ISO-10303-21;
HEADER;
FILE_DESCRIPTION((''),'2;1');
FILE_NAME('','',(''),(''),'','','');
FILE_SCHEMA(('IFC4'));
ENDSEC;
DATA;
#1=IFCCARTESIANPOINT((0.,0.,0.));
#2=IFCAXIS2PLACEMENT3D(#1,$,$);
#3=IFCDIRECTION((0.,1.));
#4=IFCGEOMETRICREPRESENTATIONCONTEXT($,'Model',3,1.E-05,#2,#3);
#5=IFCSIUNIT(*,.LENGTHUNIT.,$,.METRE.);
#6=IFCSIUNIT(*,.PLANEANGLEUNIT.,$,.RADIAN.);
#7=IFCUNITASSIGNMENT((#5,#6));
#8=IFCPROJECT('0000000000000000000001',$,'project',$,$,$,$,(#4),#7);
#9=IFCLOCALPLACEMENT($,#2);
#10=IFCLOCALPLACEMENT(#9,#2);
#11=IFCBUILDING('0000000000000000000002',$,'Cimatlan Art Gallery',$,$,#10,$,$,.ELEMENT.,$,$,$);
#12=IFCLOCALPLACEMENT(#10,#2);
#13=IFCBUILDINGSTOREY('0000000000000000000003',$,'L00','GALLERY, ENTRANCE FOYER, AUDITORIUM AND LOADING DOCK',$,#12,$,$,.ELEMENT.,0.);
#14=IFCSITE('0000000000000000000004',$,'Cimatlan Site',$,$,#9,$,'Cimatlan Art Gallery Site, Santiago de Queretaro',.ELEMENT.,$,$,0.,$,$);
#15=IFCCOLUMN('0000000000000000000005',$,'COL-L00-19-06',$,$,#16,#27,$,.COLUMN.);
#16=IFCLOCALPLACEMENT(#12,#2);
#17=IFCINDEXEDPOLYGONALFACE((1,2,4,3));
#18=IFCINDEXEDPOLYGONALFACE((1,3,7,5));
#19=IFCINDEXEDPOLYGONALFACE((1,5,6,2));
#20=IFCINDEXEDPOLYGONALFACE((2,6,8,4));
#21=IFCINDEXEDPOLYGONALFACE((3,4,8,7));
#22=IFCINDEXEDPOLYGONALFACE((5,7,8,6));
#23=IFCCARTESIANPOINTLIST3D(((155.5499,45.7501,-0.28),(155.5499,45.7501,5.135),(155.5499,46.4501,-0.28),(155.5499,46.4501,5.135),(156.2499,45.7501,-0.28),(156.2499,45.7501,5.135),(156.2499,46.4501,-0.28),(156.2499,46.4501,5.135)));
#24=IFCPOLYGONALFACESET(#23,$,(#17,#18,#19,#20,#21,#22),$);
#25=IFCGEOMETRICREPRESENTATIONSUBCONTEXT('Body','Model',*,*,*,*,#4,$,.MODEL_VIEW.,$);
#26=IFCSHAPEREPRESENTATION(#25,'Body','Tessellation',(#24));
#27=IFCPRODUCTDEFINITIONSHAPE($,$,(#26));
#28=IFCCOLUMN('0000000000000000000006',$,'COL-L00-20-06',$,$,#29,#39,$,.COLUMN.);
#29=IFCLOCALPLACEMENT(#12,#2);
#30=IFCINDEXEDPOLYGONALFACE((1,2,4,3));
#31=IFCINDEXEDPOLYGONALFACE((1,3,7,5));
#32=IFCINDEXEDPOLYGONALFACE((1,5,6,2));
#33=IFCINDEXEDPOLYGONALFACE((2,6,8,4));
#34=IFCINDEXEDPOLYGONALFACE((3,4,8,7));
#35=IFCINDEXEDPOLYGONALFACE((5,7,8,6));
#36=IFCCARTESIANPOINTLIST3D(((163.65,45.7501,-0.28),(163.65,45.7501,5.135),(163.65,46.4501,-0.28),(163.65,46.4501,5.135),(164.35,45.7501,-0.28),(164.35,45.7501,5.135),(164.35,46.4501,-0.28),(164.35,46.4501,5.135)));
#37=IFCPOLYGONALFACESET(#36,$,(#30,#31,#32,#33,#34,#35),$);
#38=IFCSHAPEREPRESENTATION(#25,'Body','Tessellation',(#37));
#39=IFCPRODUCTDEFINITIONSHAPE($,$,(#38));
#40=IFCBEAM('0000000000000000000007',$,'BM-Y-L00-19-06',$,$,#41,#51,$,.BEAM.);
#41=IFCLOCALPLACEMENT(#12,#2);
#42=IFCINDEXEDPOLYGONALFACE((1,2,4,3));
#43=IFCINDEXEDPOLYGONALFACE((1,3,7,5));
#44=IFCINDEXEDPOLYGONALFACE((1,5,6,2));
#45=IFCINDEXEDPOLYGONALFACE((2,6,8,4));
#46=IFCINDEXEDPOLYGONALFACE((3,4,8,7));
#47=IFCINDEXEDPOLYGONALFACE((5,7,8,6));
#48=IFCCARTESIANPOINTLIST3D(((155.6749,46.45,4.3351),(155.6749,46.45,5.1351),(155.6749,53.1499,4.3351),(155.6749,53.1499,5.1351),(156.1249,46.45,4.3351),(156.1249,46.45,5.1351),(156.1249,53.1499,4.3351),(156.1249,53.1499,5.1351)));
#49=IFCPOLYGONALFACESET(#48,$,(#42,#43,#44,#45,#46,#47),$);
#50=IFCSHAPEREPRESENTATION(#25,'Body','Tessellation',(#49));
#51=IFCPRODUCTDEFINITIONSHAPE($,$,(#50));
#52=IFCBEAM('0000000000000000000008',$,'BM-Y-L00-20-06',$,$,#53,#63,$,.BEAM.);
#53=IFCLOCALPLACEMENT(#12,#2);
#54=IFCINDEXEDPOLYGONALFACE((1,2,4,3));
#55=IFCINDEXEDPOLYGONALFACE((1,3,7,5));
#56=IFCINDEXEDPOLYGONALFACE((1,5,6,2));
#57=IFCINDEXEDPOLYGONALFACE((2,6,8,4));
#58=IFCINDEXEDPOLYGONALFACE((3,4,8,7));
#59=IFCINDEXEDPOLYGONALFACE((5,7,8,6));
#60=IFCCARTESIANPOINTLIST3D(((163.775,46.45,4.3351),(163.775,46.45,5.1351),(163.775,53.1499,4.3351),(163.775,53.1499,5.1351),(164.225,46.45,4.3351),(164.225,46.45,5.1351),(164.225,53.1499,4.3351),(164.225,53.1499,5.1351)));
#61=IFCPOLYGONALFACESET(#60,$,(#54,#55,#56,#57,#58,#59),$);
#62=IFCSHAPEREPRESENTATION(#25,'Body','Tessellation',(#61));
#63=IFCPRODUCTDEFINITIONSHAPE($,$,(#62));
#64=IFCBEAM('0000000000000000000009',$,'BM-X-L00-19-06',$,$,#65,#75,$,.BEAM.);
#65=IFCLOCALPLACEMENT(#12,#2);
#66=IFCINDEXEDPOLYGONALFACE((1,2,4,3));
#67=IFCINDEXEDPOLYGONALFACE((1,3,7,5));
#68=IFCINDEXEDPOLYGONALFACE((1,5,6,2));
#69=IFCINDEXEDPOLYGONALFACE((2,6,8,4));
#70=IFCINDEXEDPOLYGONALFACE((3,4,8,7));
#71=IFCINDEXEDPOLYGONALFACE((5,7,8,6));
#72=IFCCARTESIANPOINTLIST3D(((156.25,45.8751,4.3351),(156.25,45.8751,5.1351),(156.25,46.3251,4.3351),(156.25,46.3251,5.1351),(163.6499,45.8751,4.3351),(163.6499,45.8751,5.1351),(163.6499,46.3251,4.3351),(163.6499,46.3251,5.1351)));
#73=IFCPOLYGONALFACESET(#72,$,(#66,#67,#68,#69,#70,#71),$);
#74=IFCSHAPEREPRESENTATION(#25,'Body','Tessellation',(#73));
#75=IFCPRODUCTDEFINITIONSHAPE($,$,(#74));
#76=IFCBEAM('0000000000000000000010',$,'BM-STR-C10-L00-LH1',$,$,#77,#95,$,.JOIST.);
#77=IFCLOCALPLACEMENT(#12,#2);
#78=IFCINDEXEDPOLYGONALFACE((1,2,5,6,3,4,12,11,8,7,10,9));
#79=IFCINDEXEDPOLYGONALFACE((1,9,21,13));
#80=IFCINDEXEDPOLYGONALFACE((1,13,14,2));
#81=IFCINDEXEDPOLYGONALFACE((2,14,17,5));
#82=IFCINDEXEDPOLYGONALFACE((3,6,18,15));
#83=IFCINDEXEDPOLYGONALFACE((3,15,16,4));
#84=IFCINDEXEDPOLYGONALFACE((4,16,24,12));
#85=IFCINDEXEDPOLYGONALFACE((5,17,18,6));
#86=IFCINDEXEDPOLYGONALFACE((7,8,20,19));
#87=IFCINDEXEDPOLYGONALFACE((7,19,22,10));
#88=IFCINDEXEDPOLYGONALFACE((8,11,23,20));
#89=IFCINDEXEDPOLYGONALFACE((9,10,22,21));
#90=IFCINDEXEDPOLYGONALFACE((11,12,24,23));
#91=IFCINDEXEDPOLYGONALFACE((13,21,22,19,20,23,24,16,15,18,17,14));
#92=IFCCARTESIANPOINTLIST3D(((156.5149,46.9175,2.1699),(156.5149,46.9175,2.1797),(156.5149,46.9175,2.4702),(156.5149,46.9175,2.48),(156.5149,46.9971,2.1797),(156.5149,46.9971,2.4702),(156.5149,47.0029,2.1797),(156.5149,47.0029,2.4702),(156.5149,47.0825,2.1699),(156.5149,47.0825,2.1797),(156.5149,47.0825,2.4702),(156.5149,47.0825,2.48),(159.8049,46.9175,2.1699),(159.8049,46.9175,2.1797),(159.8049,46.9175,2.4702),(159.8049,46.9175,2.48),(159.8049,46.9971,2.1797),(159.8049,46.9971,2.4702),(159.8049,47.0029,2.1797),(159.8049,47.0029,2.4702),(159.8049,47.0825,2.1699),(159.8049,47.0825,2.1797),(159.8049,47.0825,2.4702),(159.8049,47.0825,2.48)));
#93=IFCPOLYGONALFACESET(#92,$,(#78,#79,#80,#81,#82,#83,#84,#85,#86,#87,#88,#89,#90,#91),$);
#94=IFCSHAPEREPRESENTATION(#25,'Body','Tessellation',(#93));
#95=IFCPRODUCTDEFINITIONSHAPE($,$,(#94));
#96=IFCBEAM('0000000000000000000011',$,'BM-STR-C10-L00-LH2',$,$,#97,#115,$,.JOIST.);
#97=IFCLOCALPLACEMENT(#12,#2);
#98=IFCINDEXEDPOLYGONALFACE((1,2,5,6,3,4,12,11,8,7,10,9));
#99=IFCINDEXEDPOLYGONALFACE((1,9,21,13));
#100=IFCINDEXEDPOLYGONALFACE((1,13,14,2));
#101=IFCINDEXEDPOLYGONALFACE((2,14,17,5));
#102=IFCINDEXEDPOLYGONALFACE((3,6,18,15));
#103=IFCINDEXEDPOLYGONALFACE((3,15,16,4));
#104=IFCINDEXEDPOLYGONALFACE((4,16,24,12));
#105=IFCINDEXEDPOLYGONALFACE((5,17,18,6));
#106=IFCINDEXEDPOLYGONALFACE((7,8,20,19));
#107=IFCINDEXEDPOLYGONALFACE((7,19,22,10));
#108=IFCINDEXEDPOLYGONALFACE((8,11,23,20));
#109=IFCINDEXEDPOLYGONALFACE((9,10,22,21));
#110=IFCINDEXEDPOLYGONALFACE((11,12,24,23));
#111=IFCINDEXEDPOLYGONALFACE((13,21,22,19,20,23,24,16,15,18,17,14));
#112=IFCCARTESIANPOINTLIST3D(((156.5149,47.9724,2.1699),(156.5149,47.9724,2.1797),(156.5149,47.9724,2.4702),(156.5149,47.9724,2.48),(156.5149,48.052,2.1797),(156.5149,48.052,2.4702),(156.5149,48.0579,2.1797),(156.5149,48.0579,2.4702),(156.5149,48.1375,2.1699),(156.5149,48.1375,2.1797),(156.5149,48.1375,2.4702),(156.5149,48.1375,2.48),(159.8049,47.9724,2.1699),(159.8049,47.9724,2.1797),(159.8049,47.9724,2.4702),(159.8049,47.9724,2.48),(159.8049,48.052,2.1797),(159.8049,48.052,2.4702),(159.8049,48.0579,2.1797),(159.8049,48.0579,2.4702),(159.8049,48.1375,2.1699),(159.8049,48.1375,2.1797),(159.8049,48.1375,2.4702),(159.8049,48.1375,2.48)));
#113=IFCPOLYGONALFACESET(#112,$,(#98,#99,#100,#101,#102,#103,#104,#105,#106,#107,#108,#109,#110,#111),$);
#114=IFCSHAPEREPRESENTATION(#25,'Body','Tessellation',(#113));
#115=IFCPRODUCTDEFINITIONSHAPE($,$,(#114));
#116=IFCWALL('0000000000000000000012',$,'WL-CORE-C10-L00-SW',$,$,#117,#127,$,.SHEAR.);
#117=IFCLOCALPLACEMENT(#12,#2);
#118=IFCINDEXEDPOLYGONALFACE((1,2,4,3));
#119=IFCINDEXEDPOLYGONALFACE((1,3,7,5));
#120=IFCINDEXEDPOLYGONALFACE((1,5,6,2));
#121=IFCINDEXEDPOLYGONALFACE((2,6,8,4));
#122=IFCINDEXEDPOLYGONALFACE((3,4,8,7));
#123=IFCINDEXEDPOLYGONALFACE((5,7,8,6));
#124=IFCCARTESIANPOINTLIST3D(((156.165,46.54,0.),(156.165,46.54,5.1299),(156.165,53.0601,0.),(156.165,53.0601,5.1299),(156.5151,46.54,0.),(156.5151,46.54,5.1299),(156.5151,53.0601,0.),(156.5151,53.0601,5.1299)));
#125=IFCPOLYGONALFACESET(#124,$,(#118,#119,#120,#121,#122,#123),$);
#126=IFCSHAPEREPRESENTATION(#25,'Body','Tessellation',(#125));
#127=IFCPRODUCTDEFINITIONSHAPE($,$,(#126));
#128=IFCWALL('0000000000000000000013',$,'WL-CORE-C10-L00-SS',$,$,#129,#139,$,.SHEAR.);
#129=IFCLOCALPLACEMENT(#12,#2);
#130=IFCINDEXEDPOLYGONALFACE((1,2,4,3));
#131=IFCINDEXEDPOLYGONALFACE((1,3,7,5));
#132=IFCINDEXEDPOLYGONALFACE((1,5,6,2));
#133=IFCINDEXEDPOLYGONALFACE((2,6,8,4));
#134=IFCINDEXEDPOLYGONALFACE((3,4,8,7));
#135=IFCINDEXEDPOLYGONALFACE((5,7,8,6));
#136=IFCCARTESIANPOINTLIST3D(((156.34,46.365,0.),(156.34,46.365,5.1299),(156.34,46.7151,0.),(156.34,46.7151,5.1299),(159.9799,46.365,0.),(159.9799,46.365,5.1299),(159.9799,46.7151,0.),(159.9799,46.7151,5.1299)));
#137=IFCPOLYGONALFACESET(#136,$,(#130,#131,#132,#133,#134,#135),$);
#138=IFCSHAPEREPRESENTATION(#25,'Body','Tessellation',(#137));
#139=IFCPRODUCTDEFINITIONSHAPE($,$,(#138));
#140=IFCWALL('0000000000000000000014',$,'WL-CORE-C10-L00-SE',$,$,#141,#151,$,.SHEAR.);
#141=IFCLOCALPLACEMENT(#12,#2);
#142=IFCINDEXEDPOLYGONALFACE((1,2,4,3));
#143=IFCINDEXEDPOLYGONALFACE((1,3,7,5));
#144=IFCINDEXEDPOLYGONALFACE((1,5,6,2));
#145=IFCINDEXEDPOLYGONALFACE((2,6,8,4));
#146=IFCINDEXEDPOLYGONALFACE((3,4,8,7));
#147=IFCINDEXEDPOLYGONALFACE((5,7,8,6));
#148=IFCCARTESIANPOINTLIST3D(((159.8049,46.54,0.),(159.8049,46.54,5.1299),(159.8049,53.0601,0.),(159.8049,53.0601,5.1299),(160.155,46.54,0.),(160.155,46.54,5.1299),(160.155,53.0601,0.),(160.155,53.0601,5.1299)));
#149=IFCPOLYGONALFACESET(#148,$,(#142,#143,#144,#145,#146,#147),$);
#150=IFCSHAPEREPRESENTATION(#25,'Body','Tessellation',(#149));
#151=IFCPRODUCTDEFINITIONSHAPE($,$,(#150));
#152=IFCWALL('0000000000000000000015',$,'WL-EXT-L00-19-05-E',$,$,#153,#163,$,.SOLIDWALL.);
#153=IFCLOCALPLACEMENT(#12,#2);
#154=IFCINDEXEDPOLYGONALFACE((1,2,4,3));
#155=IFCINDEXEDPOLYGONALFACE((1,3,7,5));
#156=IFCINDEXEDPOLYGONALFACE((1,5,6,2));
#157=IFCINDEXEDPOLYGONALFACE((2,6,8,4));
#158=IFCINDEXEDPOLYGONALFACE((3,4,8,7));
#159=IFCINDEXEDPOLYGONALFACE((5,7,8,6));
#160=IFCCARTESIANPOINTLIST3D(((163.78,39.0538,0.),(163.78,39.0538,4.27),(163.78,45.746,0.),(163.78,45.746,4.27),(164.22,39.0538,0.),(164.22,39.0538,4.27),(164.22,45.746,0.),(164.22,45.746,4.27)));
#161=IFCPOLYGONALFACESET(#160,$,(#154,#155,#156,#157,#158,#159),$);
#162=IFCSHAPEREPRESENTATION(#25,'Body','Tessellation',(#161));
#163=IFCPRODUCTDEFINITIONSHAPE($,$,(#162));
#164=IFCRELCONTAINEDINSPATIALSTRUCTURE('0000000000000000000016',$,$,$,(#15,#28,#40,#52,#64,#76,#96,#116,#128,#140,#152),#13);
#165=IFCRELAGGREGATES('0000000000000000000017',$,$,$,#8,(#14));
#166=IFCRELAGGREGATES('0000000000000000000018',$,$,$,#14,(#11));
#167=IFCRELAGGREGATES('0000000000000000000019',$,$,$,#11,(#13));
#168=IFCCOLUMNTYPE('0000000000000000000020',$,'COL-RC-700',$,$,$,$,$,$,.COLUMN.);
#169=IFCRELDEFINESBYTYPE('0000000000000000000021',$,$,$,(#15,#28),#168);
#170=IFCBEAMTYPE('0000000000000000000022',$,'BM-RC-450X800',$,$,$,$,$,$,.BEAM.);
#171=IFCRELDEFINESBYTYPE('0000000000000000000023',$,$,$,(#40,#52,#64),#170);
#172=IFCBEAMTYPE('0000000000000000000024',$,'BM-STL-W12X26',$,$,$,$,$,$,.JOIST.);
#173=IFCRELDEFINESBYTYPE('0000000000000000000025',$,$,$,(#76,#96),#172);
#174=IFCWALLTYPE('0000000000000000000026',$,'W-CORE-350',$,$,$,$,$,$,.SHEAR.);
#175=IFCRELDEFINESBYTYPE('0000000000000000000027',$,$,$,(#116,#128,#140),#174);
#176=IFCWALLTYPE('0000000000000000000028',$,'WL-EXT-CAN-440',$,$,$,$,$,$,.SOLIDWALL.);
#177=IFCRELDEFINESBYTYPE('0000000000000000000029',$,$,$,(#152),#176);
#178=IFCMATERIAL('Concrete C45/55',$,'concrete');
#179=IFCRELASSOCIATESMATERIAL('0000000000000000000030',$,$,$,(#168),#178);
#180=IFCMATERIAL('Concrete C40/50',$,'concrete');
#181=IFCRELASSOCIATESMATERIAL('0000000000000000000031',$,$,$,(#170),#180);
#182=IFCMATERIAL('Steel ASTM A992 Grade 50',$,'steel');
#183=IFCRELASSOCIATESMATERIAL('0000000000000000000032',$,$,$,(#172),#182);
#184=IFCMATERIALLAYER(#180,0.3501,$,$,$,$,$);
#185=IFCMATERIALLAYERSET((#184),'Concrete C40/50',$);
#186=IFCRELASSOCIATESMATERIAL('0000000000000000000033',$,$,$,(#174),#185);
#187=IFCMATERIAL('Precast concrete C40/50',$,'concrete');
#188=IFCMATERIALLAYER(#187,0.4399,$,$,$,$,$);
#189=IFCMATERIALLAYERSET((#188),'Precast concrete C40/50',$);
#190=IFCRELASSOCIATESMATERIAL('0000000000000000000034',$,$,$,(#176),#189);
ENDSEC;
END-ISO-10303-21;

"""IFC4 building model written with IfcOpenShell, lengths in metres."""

from ifc_helpers import new_model, si_unit, direction, frame, frame_2d, origin, origin_2d, place, context, subcontext, project, spatial, rectangle, i_section, extrude, material, layer, layer_set, material_profile, profile_set, type_object, element, save


model = new_model("IFC4")

# Units and contexts
model_context = context("Model", 3, precision=1e-05, world=origin(), true_north=direction((0.0, 1.0)))
body_context = subcontext(model_context, "Body", "Model", "MODEL_VIEW")
ifc_project = project(units=[si_unit("LENGTHUNIT", "METRE"), si_unit("PLANEANGLEUNIT", "RADIAN")], contexts=[model_context])

# Site, building, storey
site_placement = place(None, origin())
site = spatial("IfcSite", under=ifc_project, at=site_placement, Name="Cimatlan Site", LongName="Cimatlan Art Gallery Site, Santiago de Queretaro", CompositionType="ELEMENT", RefElevation=0.0)
building_placement = place(site_placement, origin())
building = spatial("IfcBuilding", under=site, at=building_placement, Name="Cimatlan Art Gallery", CompositionType="ELEMENT")
storey_placement = place(building_placement, origin())
storey = spatial("IfcBuildingStorey", under=building, at=storey_placement, Name="L00", Description="GALLERY, ENTRANCE FOYER, AUDITORIUM AND LOADING DOCK", CompositionType="ELEMENT", Elevation=0.0)

# Shared definitions
ifc_material_1 = material(Name="Concrete C40/50", Category="concrete")

# Columns
ifc_material_2 = material(Name="Concrete C45/55", Category="concrete")
ifc_material_profile_1 = material_profile(ifc_material_2, rectangle(XDim=0.7, YDim=0.7, at=origin_2d()), Name="RC700X700")
ifc_profile_set_1 = profile_set([ifc_material_profile_1], Name="Concrete C45/55")
column_type = type_object("IfcColumnType", Name="COL-RC-700", PredefinedType="COLUMN", material=ifc_profile_set_1)
for number, where, z_axis, x_axis, name in (
    (1, (155.8999, 46.1001, -0.28), (0.0, 0.0, 1.0), (1.0, 0.0, 0.0), "COL-L00-19-06"),
    (2, (164.0, 46.1001, -0.28), (0.0, 0.0, 1.0), (1.0, 0.0, 0.0), "COL-L00-20-06"),
):
    element("IfcColumn", number, at=place(storey_placement, frame(where, z_axis=z_axis, x_axis=x_axis)), inside=storey, type_object=column_type, Name=name, PredefinedType="COLUMN", context=body_context, shape_type="SweptSolid", body=[
        extrude(rectangle(XDim=0.7, YDim=0.7, at=origin_2d()), origin(), (0.0, 0.0, 1.0), 5.415),
    ])

# Beams
ifc_material_profile_2 = material_profile(ifc_material_1, rectangle(XDim=0.45, YDim=0.8, at=origin_2d()), Name="RC450X800")
ifc_profile_set_2 = profile_set([ifc_material_profile_2], Name="Concrete C40/50")
beam_type_1 = type_object("IfcBeamType", Name="BM-RC-450X800", PredefinedType="BEAM", material=ifc_profile_set_2)
for number, where, z_axis, x_axis, name in (
    (3, (155.8999, 46.45, 4.7351), (0.0, 1.0, 0.0), (-1.0, 0.0, 0.0), "BM-Y-L00-19-06"),
    (4, (164.0, 46.45, 4.7351), (0.0, 1.0, 0.0), (-1.0, 0.0, 0.0), "BM-Y-L00-20-06"),
):
    element("IfcBeam", number, at=place(storey_placement, frame(where, z_axis=z_axis, x_axis=x_axis)), inside=storey, type_object=beam_type_1, Name=name, PredefinedType="BEAM", context=body_context, shape_type="SweptSolid", body=[
        extrude(rectangle(XDim=0.45, YDim=0.8, at=origin_2d()), origin(), (0.0, 0.0, 1.0), 6.7),
    ])
beam_placement = place(storey_placement, frame((156.25, 46.1001, 4.7351), z_axis=(1.0, 0.0, 0.0), x_axis=(0.0, 1.0, 0.0)))
element("IfcBeam", 5, at=beam_placement, inside=storey, type_object=beam_type_1, Name="BM-X-L00-19-06", PredefinedType="BEAM", context=body_context, shape_type="SweptSolid", body=[
    extrude(rectangle(XDim=0.45, YDim=0.8, at=origin_2d()), origin(), (0.0, 0.0, 1.0), 7.3999),
])
ifc_material_3 = material(Name="Steel ASTM A992 Grade 50", Category="steel")
ifc_material_profile_3 = material_profile(ifc_material_3, i_section(OverallWidth=0.165, OverallDepth=0.3101, WebThickness=0.0059, FlangeThickness=0.0098, at=origin_2d()), Name="W12X26")
ifc_profile_set_3 = profile_set([ifc_material_profile_3], Name="Steel ASTM A992 Grade 50")
beam_type_2 = type_object("IfcBeamType", Name="BM-STL-W12X26", PredefinedType="JOIST", material=ifc_profile_set_3)
for number, where, z_axis, x_axis, name in (
    (6, (156.5149, 47.0, 2.325), (1.0, 0.0, 0.0), (0.0, 1.0, 0.0), "BM-STR-C10-L00-LH1"),
    (7, (156.5149, 48.0549, 2.325), (1.0, 0.0, 0.0), (0.0, 1.0, 0.0), "BM-STR-C10-L00-LH2"),
):
    element("IfcBeam", number, at=place(storey_placement, frame(where, z_axis=z_axis, x_axis=x_axis)), inside=storey, type_object=beam_type_2, Name=name, PredefinedType="JOIST", context=body_context, shape_type="SweptSolid", body=[
        extrude(i_section(OverallWidth=0.165, OverallDepth=0.3101, WebThickness=0.0059, FlangeThickness=0.0098, at=origin_2d()), origin(), (0.0, 0.0, 1.0), 3.29),
    ])

# Walls
ifc_layer_1 = layer(ifc_material_1, 0.3501)
ifc_layer_set_1 = layer_set([ifc_layer_1], Name="Concrete C40/50")
wall_type_1 = type_object("IfcWallType", Name="W-CORE-350", PredefinedType="SHEAR", material=ifc_layer_set_1)
wall_1_placement = place(storey_placement, frame((156.3401, 46.54, 0.0), z_axis=(0.0, 0.0, 1.0), x_axis=(0.0, 1.0, 0.0)))
element("IfcWall", 8, at=wall_1_placement, inside=storey, type_object=wall_type_1, Name="WL-CORE-C10-L00-SW", PredefinedType="SHEAR", context=body_context, shape_type="SweptSolid", body=[
    extrude(rectangle(XDim=6.52, YDim=0.3501, at=frame_2d((3.26, 0.0))), origin(), (0.0, 0.0, 1.0), 5.1299),
])
wall_2_placement = place(storey_placement, frame((156.3401, 46.54, 0.0), z_axis=(0.0, 0.0, 1.0), x_axis=(1.0, 0.0, 0.0)))
element("IfcWall", 9, at=wall_2_placement, inside=storey, type_object=wall_type_1, Name="WL-CORE-C10-L00-SS", PredefinedType="SHEAR", context=body_context, shape_type="SweptSolid", body=[
    extrude(rectangle(XDim=3.6399, YDim=0.3501, at=frame_2d((1.8198, 0.0))), origin(), (0.0, 0.0, 1.0), 5.1299),
])
wall_3_placement = place(storey_placement, frame((159.98, 46.54, 0.0), z_axis=(0.0, 0.0, 1.0), x_axis=(0.0, 1.0, 0.0)))
element("IfcWall", 10, at=wall_3_placement, inside=storey, type_object=wall_type_1, Name="WL-CORE-C10-L00-SE", PredefinedType="SHEAR", context=body_context, shape_type="SweptSolid", body=[
    extrude(rectangle(XDim=6.52, YDim=0.3501, at=frame_2d((3.26, 0.0))), origin(), (0.0, 0.0, 1.0), 5.1299),
])
ifc_material_4 = material(Name="Precast concrete C40/50", Category="concrete")
ifc_layer_2 = layer(ifc_material_4, 0.4399)
ifc_layer_set_2 = layer_set([ifc_layer_2], Name="Precast concrete C40/50")
wall_type_2 = type_object("IfcWallType", Name="WL-EXT-CAN-440", PredefinedType="SOLIDWALL", material=ifc_layer_set_2)
wall_4_placement = place(storey_placement, frame((164.0, 45.7461, 0.0), z_axis=(0.0, 0.0, 1.0), x_axis=(0.0, -1.0, 0.0)))
element("IfcWall", 11, at=wall_4_placement, inside=storey, type_object=wall_type_2, Name="WL-EXT-L00-19-05-E", PredefinedType="SOLIDWALL", context=body_context, shape_type="SweptSolid", body=[
    extrude(rectangle(XDim=6.6921, YDim=0.4399, at=frame_2d((3.3462, 0.0))), origin(), (0.0, 0.0, 1.0), 4.27),
])

save(model, "model.ifc")
